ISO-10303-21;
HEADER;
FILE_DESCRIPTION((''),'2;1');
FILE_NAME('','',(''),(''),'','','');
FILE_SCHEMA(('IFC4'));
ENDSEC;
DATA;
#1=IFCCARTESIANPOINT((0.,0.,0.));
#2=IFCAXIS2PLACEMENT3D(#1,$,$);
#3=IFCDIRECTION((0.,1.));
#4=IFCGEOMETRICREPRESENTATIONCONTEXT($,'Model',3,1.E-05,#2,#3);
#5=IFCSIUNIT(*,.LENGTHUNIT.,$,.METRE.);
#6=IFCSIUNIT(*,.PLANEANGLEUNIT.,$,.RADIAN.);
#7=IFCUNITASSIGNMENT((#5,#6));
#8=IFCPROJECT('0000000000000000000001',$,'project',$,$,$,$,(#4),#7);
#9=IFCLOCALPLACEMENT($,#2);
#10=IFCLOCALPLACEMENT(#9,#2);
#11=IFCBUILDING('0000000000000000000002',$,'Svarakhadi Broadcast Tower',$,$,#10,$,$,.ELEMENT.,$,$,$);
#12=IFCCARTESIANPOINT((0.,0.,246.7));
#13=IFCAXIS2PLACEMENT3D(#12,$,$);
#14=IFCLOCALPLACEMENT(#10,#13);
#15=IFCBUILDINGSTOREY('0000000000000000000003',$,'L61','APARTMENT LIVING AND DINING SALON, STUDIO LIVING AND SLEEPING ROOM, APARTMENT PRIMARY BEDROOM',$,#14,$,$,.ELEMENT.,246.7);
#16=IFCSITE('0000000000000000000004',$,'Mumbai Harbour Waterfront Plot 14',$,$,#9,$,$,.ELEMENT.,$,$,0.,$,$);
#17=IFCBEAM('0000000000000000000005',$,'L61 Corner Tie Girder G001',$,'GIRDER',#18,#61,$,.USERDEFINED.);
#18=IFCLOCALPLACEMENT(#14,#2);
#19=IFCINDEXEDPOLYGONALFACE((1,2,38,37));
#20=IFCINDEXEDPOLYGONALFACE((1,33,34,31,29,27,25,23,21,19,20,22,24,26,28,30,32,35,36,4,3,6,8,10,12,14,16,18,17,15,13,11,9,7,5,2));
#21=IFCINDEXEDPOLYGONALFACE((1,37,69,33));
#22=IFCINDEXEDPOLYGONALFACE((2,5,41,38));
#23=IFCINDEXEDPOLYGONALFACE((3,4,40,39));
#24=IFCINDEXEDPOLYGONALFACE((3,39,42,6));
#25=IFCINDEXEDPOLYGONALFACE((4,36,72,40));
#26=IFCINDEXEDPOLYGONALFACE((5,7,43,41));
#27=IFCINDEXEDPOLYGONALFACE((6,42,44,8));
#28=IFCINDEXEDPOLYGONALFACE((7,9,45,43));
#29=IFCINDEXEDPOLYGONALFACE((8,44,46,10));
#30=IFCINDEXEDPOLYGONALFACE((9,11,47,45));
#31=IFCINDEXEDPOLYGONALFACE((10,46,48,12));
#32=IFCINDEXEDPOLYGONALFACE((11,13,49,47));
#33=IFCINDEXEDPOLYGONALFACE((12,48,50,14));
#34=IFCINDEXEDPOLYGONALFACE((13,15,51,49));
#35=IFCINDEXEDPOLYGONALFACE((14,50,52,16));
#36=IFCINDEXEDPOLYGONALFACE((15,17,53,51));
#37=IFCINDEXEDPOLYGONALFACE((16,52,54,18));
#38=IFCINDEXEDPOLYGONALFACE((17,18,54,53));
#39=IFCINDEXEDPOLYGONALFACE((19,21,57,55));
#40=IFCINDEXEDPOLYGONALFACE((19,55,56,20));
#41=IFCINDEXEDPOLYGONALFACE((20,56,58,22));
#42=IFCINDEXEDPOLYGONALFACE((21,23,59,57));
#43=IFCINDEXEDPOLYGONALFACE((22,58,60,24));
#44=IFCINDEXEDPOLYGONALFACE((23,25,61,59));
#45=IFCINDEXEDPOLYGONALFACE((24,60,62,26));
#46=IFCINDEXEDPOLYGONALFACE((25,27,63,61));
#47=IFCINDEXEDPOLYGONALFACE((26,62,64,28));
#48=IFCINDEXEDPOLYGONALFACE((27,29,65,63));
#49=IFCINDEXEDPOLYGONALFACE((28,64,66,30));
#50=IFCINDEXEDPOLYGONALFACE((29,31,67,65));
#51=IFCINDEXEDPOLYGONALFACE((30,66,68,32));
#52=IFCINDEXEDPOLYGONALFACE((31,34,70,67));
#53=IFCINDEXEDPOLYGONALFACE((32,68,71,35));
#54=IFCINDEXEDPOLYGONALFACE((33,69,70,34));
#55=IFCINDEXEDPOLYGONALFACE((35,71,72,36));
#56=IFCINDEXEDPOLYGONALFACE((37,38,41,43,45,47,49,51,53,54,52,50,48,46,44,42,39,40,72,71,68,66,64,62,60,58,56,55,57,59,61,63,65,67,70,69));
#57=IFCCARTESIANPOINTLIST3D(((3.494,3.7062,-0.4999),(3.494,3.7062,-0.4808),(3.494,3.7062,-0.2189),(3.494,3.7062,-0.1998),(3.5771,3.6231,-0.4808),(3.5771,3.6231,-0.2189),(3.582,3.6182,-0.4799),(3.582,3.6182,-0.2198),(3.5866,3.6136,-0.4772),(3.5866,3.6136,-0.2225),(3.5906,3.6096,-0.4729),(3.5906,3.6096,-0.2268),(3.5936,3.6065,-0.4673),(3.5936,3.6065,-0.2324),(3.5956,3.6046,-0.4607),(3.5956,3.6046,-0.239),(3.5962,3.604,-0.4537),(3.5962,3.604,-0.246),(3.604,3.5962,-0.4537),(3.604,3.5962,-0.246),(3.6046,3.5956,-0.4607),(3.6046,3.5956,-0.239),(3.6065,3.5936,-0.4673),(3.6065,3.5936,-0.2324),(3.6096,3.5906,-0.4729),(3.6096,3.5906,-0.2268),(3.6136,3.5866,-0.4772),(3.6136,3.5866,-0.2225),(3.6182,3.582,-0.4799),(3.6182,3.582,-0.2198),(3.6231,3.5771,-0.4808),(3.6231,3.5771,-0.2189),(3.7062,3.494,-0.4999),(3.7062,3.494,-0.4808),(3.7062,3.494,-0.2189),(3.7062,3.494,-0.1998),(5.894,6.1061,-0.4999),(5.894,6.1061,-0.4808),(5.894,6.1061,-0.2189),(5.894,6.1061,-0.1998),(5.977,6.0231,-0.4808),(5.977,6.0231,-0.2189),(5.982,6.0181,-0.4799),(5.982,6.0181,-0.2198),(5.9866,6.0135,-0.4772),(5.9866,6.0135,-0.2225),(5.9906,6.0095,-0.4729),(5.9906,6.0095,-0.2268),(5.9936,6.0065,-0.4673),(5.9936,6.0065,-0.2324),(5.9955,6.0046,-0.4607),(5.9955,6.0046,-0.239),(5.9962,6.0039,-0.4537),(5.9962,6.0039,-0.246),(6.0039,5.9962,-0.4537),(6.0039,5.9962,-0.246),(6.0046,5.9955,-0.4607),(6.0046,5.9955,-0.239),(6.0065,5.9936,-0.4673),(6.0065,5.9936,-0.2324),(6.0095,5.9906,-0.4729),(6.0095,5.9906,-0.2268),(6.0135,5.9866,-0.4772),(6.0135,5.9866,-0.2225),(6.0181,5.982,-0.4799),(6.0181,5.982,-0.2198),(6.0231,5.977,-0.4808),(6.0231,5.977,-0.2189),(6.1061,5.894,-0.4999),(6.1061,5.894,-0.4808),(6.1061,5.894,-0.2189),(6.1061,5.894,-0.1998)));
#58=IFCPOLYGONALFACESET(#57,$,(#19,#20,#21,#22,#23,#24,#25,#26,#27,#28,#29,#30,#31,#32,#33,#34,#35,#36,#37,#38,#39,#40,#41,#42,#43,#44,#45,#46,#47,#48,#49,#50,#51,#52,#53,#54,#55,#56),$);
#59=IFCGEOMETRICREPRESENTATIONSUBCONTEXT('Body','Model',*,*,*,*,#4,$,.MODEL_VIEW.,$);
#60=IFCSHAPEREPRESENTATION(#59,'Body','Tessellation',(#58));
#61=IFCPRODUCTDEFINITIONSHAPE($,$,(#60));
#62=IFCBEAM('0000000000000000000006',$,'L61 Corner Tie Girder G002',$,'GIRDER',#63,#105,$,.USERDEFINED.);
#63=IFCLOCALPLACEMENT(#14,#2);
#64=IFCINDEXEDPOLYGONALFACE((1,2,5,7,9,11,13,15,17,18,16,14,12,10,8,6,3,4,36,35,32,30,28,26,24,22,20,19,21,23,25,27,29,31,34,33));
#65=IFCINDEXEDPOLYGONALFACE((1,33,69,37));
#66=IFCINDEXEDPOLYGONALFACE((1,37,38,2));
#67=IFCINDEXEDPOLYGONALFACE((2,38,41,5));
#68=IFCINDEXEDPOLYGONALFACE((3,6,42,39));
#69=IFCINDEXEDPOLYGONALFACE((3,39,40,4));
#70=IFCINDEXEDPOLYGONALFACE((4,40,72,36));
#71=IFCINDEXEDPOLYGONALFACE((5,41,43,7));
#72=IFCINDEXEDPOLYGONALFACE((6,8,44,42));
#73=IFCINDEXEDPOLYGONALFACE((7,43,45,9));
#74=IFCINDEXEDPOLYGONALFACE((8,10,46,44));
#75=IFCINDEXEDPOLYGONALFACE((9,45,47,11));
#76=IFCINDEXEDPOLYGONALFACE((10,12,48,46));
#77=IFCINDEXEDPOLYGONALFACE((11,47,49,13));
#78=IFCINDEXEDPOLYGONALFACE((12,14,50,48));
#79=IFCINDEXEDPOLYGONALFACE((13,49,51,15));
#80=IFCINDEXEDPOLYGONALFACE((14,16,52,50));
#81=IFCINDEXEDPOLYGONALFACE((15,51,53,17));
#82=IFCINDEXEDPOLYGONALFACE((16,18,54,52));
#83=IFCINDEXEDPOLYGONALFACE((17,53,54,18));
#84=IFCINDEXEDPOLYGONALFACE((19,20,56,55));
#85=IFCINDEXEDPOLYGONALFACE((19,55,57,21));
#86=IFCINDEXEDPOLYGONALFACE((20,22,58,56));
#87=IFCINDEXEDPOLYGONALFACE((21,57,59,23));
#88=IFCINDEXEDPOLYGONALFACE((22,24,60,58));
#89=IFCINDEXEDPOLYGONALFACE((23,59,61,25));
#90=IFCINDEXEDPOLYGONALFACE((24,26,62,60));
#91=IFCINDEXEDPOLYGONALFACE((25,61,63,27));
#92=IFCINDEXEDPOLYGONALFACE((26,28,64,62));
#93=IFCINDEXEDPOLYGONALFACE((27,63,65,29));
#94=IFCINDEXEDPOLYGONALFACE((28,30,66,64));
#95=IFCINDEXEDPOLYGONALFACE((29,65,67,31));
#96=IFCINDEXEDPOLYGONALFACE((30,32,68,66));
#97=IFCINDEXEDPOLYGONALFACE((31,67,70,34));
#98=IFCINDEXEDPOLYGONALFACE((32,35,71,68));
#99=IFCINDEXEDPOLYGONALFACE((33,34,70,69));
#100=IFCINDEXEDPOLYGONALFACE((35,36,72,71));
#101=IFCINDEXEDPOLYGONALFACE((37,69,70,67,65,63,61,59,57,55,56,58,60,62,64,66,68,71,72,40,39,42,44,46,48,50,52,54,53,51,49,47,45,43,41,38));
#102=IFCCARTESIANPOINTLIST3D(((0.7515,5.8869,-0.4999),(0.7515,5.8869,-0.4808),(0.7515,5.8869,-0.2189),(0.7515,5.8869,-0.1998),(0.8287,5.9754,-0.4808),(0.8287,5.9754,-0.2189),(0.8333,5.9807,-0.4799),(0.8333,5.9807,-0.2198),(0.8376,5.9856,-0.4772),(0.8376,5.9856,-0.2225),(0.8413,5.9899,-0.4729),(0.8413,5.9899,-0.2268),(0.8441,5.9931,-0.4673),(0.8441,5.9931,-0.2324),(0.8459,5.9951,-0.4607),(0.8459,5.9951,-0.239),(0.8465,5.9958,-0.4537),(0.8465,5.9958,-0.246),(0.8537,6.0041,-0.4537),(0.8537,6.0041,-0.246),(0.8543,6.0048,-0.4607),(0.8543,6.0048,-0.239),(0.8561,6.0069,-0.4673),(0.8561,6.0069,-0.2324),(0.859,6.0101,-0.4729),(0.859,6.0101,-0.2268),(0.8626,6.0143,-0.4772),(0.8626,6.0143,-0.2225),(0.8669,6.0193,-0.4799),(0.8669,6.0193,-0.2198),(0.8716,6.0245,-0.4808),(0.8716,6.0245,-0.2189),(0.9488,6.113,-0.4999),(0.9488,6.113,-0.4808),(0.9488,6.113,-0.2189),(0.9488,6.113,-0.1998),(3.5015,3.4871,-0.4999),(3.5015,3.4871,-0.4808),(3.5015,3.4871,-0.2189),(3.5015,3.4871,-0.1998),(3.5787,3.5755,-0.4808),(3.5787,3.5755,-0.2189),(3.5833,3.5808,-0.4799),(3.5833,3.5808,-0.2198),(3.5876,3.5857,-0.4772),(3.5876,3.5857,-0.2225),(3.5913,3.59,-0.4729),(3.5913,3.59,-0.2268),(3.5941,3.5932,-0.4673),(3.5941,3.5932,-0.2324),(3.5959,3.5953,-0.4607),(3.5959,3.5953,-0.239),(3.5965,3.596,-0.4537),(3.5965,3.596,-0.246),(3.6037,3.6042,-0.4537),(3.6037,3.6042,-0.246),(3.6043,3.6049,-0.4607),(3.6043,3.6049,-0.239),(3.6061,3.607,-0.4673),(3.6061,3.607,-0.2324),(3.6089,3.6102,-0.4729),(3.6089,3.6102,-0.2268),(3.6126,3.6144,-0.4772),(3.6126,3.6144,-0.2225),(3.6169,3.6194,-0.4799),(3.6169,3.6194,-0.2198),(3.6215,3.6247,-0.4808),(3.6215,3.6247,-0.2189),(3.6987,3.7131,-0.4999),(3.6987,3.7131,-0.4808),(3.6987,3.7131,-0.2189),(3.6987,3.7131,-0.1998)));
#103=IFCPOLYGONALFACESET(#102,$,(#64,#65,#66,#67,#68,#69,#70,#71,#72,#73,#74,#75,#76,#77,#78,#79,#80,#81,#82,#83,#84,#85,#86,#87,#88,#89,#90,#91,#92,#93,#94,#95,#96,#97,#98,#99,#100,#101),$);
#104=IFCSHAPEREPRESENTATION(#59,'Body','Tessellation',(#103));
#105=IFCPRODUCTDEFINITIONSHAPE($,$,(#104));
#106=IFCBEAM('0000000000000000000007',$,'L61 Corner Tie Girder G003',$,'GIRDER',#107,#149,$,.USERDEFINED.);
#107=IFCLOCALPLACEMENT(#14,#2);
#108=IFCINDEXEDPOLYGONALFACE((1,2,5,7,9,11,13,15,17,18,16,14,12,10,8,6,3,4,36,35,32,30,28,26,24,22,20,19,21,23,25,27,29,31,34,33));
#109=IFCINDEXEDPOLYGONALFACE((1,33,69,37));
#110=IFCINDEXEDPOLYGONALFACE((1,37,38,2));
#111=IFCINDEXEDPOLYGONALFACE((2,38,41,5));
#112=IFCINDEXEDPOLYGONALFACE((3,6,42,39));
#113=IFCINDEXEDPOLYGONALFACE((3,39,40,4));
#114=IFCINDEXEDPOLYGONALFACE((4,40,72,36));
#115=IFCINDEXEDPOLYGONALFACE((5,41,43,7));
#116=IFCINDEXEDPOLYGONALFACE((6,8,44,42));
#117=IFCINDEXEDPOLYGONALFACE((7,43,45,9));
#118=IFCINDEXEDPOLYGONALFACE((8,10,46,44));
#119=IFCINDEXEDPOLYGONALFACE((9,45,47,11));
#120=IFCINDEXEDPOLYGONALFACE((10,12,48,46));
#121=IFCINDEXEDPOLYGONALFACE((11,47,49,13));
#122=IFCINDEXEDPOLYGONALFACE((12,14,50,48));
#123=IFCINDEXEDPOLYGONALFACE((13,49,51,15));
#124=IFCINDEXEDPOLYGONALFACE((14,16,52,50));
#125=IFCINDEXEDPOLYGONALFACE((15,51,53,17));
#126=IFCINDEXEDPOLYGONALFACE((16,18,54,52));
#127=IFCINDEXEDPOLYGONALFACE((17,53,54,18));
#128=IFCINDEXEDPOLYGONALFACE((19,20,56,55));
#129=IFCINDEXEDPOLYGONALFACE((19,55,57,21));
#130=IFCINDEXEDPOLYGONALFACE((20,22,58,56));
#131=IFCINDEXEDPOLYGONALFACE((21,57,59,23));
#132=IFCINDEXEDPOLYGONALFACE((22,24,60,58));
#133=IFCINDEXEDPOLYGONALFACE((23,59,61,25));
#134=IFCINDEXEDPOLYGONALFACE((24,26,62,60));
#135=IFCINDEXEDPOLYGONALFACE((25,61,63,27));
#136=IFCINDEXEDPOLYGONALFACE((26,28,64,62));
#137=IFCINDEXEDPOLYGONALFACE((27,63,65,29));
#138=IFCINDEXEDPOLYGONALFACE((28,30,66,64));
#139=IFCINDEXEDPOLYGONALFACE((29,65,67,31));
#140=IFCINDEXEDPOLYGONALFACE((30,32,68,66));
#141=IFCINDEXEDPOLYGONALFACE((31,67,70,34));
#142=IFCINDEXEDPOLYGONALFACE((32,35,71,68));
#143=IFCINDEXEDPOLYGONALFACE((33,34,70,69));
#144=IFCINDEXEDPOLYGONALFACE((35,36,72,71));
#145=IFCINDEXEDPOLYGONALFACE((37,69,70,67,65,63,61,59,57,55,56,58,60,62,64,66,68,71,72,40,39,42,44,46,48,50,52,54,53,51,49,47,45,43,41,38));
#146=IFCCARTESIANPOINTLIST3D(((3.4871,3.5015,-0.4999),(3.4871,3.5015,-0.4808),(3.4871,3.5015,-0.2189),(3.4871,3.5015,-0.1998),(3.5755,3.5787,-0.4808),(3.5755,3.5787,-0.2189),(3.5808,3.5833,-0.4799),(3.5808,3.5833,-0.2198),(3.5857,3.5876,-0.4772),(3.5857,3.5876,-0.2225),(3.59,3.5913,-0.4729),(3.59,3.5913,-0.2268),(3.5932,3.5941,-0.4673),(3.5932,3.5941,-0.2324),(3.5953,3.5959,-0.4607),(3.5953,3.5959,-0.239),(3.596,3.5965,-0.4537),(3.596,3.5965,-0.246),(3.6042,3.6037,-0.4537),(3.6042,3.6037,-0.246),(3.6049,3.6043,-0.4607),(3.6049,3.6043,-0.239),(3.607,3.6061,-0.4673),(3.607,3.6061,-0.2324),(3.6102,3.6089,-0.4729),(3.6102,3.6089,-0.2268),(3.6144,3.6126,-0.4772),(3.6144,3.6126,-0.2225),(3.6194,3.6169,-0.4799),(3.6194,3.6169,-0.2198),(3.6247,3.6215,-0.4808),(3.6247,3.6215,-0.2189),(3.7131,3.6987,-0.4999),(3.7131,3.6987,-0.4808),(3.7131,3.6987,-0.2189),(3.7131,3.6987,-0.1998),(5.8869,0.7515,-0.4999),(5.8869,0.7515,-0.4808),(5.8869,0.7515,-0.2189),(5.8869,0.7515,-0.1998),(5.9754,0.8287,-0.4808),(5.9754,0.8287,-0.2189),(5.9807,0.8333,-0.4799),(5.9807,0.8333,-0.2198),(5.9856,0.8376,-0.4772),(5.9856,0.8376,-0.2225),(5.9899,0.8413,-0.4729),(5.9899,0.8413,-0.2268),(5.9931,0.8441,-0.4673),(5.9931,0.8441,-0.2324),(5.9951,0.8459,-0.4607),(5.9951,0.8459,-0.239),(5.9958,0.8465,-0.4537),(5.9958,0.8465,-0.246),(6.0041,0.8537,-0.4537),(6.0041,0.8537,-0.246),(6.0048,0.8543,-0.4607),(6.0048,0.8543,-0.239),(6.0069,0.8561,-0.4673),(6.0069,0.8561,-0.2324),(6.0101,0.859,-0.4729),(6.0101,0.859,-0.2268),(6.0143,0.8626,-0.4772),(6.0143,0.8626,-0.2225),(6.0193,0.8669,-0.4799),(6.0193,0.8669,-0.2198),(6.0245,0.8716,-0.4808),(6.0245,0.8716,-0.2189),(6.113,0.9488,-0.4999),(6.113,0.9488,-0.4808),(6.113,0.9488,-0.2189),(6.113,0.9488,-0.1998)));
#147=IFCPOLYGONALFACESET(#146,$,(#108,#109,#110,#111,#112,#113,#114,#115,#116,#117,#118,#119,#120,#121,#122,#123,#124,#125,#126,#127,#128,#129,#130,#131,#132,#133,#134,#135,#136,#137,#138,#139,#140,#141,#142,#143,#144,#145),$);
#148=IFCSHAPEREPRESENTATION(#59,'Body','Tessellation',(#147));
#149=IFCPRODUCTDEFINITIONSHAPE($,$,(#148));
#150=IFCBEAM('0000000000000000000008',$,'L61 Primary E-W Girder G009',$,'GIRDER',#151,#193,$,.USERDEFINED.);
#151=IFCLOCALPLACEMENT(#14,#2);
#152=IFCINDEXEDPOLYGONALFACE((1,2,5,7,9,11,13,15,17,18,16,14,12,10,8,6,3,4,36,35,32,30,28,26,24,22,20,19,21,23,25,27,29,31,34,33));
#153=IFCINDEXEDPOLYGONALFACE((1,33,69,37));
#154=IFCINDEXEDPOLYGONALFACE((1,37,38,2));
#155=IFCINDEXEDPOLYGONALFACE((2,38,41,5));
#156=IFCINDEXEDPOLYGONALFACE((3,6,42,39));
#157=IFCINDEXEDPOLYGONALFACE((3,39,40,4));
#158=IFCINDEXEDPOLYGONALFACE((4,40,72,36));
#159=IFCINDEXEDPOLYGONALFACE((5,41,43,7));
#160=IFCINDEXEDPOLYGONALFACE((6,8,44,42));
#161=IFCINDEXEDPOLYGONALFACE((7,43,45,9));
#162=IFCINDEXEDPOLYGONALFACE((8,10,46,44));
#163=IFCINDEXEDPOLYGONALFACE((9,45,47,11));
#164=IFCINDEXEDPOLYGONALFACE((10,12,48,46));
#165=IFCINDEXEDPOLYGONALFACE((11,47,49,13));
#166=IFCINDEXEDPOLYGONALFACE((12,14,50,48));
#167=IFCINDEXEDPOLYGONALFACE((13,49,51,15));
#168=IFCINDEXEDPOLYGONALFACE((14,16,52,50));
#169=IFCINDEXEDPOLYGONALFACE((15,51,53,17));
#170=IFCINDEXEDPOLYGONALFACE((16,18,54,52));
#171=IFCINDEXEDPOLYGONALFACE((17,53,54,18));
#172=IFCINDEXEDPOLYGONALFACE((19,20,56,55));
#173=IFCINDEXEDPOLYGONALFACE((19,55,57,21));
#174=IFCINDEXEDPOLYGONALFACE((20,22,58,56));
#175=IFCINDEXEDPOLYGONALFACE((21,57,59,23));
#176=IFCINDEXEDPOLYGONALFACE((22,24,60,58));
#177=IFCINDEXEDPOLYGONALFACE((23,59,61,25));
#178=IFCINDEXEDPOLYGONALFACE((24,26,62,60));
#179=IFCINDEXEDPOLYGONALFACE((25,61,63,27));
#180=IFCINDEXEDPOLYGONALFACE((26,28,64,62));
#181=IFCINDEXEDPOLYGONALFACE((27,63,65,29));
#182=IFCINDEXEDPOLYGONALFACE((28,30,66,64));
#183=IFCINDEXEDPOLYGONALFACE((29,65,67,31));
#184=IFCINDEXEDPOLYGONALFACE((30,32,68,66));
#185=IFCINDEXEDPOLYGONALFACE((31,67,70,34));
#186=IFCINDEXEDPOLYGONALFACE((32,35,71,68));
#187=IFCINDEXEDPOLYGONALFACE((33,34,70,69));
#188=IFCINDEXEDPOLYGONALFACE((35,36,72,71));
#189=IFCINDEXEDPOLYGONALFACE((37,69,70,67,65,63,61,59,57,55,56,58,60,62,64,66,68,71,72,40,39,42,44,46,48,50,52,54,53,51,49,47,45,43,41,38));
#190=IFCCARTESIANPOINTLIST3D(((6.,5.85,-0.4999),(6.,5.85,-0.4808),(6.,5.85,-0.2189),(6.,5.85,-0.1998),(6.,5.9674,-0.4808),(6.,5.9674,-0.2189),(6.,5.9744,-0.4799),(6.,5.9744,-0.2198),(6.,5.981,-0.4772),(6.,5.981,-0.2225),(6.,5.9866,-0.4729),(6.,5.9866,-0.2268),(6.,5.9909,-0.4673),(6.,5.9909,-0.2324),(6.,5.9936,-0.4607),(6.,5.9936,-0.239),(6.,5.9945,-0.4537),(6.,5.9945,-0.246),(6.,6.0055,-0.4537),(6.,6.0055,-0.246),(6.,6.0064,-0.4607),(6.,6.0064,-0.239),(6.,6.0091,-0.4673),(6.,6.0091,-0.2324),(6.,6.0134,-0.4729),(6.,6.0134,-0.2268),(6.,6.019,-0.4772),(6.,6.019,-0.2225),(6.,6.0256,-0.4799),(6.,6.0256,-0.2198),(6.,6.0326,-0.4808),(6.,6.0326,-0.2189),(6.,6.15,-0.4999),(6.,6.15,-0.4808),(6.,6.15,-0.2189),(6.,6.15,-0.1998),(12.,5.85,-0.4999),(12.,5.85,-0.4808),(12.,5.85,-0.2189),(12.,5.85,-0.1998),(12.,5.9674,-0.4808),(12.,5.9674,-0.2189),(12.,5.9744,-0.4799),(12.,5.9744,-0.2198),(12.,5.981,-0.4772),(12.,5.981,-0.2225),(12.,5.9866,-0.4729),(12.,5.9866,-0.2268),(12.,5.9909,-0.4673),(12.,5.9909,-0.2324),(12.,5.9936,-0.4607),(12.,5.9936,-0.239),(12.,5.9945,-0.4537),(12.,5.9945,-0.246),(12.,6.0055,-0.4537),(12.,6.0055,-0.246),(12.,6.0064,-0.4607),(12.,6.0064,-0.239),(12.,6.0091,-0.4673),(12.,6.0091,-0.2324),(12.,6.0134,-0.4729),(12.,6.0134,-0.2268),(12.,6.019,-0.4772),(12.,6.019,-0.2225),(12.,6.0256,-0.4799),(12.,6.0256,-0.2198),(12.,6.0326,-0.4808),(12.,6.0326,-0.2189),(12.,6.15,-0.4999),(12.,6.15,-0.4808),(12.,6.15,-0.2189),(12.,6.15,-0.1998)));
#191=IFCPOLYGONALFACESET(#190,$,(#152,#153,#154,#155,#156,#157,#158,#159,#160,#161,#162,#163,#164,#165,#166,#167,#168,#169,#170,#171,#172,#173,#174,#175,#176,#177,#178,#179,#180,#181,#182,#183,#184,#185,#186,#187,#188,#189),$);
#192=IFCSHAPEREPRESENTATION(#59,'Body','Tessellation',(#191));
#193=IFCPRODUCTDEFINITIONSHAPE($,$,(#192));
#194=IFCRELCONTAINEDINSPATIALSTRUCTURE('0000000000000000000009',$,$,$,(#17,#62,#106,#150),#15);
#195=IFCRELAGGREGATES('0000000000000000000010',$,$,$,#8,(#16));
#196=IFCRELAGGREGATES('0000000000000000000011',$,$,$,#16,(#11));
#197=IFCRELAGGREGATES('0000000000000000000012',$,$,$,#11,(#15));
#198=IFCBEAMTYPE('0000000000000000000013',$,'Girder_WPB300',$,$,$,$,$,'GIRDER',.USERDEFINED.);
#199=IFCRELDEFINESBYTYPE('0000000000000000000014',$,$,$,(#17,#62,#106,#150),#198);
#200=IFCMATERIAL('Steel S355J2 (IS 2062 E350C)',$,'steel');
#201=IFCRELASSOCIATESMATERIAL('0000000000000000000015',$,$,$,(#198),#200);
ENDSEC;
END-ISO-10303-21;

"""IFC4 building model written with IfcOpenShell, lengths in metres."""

from ifc_helpers import new_model, si_unit, direction, frame, origin, origin_2d, place, context, subcontext, project, spatial, i_section, extrude, material, material_profile, profile_set, type_object, element, save


model = new_model("IFC4")

# Units and contexts
model_context = context("Model", 3, precision=1e-05, world=origin(), true_north=direction((0.0, 1.0)))
body_context = subcontext(model_context, "Body", "Model", "MODEL_VIEW")
ifc_project = project(units=[si_unit("LENGTHUNIT", "METRE"), si_unit("PLANEANGLEUNIT", "RADIAN")], contexts=[model_context])

# Site, building, storey
site_placement = place(None, origin())
site = spatial("IfcSite", under=ifc_project, at=site_placement, Name="Mumbai Harbour Waterfront Plot 14", CompositionType="ELEMENT", RefElevation=0.0)
building_placement = place(site_placement, origin())
building = spatial("IfcBuilding", under=site, at=building_placement, Name="Svarakhadi Broadcast Tower", CompositionType="ELEMENT")
storey_placement = place(building_placement, frame((0.0, 0.0, 246.7)))
storey = spatial("IfcBuildingStorey", under=building, at=storey_placement, Name="L61", Description="APARTMENT LIVING AND DINING SALON, STUDIO LIVING AND SLEEPING ROOM, APARTMENT PRIMARY BEDROOM", CompositionType="ELEMENT", Elevation=246.7)

# Beams
ifc_material_1 = material(Name="Steel S355J2 (IS 2062 E350C)", Category="steel")
ifc_material_profile_1 = material_profile(ifc_material_1, i_section(OverallWidth=0.3, OverallDepth=0.3, WebThickness=0.011, FlangeThickness=0.019, FilletRadius=0.0271, at=origin_2d()), Name="WPB 300x300x117")
ifc_profile_set_1 = profile_set([ifc_material_profile_1], Name="Steel S355J2 (IS 2062 E350C)")
beam_type_1 = type_object("IfcBeamType", Name="Girder_WPB300", ElementType="GIRDER", PredefinedType="USERDEFINED", material=ifc_profile_set_1)
beam_1_placement = place(storey_placement, frame((3.6001, 3.6001, -0.3499), z_axis=(0.707107, 0.707107, 0.0), x_axis=(-0.707107, 0.707107, 0.0)))
element("IfcBeam", 1, at=beam_1_placement, inside=storey, type_object=beam_type_1, Name="L61 Corner Tie Girder G001", ObjectType="GIRDER", PredefinedType="USERDEFINED", context=body_context, shape_type="SweptSolid", body=[
    extrude(i_section(OverallWidth=0.3, OverallDepth=0.3, WebThickness=0.011, FlangeThickness=0.019, FilletRadius=0.0271, at=origin_2d()), origin(), (0.0, 0.0, 1.0), 3.394),
])
for number, where, z_axis, x_axis, name in (
    (2, (3.6001, 3.6001, -0.3499), (-0.753438, 0.657519, 0.0), (-0.657519, -0.753438, 0.0), "L61 Corner Tie Girder G002"),
    (3, (3.6001, 3.6001, -0.3499), (0.657519, -0.753438, 0.0), (0.753438, 0.657519, 0.0), "L61 Corner Tie Girder G003"),
):
    element("IfcBeam", number, at=place(storey_placement, frame(where, z_axis=z_axis, x_axis=x_axis)), inside=storey, type_object=beam_type_1, Name=name, ObjectType="GIRDER", PredefinedType="USERDEFINED", context=body_context, shape_type="SweptSolid", body=[
        extrude(i_section(OverallWidth=0.3, OverallDepth=0.3, WebThickness=0.011, FlangeThickness=0.019, FilletRadius=0.0271, at=origin_2d()), origin(), (0.0, 0.0, 1.0), 3.6499),
    ])
for number, where, z_axis, x_axis, name in (
    (4, (6.0, 6.0, -0.3499), (1.0, 0.0, 0.0), (0.0, 1.0, 0.0), "L61 Primary E-W Girder G009"),
):
    element("IfcBeam", number, at=place(storey_placement, frame(where, z_axis=z_axis, x_axis=x_axis)), inside=storey, type_object=beam_type_1, Name=name, ObjectType="GIRDER", PredefinedType="USERDEFINED", context=body_context, shape_type="SweptSolid", body=[
        extrude(i_section(OverallWidth=0.3, OverallDepth=0.3, WebThickness=0.011, FlangeThickness=0.019, FilletRadius=0.0271, at=origin_2d()), origin(), (0.0, 0.0, 1.0), 6.0),
    ])

save(model, "model.ifc")
